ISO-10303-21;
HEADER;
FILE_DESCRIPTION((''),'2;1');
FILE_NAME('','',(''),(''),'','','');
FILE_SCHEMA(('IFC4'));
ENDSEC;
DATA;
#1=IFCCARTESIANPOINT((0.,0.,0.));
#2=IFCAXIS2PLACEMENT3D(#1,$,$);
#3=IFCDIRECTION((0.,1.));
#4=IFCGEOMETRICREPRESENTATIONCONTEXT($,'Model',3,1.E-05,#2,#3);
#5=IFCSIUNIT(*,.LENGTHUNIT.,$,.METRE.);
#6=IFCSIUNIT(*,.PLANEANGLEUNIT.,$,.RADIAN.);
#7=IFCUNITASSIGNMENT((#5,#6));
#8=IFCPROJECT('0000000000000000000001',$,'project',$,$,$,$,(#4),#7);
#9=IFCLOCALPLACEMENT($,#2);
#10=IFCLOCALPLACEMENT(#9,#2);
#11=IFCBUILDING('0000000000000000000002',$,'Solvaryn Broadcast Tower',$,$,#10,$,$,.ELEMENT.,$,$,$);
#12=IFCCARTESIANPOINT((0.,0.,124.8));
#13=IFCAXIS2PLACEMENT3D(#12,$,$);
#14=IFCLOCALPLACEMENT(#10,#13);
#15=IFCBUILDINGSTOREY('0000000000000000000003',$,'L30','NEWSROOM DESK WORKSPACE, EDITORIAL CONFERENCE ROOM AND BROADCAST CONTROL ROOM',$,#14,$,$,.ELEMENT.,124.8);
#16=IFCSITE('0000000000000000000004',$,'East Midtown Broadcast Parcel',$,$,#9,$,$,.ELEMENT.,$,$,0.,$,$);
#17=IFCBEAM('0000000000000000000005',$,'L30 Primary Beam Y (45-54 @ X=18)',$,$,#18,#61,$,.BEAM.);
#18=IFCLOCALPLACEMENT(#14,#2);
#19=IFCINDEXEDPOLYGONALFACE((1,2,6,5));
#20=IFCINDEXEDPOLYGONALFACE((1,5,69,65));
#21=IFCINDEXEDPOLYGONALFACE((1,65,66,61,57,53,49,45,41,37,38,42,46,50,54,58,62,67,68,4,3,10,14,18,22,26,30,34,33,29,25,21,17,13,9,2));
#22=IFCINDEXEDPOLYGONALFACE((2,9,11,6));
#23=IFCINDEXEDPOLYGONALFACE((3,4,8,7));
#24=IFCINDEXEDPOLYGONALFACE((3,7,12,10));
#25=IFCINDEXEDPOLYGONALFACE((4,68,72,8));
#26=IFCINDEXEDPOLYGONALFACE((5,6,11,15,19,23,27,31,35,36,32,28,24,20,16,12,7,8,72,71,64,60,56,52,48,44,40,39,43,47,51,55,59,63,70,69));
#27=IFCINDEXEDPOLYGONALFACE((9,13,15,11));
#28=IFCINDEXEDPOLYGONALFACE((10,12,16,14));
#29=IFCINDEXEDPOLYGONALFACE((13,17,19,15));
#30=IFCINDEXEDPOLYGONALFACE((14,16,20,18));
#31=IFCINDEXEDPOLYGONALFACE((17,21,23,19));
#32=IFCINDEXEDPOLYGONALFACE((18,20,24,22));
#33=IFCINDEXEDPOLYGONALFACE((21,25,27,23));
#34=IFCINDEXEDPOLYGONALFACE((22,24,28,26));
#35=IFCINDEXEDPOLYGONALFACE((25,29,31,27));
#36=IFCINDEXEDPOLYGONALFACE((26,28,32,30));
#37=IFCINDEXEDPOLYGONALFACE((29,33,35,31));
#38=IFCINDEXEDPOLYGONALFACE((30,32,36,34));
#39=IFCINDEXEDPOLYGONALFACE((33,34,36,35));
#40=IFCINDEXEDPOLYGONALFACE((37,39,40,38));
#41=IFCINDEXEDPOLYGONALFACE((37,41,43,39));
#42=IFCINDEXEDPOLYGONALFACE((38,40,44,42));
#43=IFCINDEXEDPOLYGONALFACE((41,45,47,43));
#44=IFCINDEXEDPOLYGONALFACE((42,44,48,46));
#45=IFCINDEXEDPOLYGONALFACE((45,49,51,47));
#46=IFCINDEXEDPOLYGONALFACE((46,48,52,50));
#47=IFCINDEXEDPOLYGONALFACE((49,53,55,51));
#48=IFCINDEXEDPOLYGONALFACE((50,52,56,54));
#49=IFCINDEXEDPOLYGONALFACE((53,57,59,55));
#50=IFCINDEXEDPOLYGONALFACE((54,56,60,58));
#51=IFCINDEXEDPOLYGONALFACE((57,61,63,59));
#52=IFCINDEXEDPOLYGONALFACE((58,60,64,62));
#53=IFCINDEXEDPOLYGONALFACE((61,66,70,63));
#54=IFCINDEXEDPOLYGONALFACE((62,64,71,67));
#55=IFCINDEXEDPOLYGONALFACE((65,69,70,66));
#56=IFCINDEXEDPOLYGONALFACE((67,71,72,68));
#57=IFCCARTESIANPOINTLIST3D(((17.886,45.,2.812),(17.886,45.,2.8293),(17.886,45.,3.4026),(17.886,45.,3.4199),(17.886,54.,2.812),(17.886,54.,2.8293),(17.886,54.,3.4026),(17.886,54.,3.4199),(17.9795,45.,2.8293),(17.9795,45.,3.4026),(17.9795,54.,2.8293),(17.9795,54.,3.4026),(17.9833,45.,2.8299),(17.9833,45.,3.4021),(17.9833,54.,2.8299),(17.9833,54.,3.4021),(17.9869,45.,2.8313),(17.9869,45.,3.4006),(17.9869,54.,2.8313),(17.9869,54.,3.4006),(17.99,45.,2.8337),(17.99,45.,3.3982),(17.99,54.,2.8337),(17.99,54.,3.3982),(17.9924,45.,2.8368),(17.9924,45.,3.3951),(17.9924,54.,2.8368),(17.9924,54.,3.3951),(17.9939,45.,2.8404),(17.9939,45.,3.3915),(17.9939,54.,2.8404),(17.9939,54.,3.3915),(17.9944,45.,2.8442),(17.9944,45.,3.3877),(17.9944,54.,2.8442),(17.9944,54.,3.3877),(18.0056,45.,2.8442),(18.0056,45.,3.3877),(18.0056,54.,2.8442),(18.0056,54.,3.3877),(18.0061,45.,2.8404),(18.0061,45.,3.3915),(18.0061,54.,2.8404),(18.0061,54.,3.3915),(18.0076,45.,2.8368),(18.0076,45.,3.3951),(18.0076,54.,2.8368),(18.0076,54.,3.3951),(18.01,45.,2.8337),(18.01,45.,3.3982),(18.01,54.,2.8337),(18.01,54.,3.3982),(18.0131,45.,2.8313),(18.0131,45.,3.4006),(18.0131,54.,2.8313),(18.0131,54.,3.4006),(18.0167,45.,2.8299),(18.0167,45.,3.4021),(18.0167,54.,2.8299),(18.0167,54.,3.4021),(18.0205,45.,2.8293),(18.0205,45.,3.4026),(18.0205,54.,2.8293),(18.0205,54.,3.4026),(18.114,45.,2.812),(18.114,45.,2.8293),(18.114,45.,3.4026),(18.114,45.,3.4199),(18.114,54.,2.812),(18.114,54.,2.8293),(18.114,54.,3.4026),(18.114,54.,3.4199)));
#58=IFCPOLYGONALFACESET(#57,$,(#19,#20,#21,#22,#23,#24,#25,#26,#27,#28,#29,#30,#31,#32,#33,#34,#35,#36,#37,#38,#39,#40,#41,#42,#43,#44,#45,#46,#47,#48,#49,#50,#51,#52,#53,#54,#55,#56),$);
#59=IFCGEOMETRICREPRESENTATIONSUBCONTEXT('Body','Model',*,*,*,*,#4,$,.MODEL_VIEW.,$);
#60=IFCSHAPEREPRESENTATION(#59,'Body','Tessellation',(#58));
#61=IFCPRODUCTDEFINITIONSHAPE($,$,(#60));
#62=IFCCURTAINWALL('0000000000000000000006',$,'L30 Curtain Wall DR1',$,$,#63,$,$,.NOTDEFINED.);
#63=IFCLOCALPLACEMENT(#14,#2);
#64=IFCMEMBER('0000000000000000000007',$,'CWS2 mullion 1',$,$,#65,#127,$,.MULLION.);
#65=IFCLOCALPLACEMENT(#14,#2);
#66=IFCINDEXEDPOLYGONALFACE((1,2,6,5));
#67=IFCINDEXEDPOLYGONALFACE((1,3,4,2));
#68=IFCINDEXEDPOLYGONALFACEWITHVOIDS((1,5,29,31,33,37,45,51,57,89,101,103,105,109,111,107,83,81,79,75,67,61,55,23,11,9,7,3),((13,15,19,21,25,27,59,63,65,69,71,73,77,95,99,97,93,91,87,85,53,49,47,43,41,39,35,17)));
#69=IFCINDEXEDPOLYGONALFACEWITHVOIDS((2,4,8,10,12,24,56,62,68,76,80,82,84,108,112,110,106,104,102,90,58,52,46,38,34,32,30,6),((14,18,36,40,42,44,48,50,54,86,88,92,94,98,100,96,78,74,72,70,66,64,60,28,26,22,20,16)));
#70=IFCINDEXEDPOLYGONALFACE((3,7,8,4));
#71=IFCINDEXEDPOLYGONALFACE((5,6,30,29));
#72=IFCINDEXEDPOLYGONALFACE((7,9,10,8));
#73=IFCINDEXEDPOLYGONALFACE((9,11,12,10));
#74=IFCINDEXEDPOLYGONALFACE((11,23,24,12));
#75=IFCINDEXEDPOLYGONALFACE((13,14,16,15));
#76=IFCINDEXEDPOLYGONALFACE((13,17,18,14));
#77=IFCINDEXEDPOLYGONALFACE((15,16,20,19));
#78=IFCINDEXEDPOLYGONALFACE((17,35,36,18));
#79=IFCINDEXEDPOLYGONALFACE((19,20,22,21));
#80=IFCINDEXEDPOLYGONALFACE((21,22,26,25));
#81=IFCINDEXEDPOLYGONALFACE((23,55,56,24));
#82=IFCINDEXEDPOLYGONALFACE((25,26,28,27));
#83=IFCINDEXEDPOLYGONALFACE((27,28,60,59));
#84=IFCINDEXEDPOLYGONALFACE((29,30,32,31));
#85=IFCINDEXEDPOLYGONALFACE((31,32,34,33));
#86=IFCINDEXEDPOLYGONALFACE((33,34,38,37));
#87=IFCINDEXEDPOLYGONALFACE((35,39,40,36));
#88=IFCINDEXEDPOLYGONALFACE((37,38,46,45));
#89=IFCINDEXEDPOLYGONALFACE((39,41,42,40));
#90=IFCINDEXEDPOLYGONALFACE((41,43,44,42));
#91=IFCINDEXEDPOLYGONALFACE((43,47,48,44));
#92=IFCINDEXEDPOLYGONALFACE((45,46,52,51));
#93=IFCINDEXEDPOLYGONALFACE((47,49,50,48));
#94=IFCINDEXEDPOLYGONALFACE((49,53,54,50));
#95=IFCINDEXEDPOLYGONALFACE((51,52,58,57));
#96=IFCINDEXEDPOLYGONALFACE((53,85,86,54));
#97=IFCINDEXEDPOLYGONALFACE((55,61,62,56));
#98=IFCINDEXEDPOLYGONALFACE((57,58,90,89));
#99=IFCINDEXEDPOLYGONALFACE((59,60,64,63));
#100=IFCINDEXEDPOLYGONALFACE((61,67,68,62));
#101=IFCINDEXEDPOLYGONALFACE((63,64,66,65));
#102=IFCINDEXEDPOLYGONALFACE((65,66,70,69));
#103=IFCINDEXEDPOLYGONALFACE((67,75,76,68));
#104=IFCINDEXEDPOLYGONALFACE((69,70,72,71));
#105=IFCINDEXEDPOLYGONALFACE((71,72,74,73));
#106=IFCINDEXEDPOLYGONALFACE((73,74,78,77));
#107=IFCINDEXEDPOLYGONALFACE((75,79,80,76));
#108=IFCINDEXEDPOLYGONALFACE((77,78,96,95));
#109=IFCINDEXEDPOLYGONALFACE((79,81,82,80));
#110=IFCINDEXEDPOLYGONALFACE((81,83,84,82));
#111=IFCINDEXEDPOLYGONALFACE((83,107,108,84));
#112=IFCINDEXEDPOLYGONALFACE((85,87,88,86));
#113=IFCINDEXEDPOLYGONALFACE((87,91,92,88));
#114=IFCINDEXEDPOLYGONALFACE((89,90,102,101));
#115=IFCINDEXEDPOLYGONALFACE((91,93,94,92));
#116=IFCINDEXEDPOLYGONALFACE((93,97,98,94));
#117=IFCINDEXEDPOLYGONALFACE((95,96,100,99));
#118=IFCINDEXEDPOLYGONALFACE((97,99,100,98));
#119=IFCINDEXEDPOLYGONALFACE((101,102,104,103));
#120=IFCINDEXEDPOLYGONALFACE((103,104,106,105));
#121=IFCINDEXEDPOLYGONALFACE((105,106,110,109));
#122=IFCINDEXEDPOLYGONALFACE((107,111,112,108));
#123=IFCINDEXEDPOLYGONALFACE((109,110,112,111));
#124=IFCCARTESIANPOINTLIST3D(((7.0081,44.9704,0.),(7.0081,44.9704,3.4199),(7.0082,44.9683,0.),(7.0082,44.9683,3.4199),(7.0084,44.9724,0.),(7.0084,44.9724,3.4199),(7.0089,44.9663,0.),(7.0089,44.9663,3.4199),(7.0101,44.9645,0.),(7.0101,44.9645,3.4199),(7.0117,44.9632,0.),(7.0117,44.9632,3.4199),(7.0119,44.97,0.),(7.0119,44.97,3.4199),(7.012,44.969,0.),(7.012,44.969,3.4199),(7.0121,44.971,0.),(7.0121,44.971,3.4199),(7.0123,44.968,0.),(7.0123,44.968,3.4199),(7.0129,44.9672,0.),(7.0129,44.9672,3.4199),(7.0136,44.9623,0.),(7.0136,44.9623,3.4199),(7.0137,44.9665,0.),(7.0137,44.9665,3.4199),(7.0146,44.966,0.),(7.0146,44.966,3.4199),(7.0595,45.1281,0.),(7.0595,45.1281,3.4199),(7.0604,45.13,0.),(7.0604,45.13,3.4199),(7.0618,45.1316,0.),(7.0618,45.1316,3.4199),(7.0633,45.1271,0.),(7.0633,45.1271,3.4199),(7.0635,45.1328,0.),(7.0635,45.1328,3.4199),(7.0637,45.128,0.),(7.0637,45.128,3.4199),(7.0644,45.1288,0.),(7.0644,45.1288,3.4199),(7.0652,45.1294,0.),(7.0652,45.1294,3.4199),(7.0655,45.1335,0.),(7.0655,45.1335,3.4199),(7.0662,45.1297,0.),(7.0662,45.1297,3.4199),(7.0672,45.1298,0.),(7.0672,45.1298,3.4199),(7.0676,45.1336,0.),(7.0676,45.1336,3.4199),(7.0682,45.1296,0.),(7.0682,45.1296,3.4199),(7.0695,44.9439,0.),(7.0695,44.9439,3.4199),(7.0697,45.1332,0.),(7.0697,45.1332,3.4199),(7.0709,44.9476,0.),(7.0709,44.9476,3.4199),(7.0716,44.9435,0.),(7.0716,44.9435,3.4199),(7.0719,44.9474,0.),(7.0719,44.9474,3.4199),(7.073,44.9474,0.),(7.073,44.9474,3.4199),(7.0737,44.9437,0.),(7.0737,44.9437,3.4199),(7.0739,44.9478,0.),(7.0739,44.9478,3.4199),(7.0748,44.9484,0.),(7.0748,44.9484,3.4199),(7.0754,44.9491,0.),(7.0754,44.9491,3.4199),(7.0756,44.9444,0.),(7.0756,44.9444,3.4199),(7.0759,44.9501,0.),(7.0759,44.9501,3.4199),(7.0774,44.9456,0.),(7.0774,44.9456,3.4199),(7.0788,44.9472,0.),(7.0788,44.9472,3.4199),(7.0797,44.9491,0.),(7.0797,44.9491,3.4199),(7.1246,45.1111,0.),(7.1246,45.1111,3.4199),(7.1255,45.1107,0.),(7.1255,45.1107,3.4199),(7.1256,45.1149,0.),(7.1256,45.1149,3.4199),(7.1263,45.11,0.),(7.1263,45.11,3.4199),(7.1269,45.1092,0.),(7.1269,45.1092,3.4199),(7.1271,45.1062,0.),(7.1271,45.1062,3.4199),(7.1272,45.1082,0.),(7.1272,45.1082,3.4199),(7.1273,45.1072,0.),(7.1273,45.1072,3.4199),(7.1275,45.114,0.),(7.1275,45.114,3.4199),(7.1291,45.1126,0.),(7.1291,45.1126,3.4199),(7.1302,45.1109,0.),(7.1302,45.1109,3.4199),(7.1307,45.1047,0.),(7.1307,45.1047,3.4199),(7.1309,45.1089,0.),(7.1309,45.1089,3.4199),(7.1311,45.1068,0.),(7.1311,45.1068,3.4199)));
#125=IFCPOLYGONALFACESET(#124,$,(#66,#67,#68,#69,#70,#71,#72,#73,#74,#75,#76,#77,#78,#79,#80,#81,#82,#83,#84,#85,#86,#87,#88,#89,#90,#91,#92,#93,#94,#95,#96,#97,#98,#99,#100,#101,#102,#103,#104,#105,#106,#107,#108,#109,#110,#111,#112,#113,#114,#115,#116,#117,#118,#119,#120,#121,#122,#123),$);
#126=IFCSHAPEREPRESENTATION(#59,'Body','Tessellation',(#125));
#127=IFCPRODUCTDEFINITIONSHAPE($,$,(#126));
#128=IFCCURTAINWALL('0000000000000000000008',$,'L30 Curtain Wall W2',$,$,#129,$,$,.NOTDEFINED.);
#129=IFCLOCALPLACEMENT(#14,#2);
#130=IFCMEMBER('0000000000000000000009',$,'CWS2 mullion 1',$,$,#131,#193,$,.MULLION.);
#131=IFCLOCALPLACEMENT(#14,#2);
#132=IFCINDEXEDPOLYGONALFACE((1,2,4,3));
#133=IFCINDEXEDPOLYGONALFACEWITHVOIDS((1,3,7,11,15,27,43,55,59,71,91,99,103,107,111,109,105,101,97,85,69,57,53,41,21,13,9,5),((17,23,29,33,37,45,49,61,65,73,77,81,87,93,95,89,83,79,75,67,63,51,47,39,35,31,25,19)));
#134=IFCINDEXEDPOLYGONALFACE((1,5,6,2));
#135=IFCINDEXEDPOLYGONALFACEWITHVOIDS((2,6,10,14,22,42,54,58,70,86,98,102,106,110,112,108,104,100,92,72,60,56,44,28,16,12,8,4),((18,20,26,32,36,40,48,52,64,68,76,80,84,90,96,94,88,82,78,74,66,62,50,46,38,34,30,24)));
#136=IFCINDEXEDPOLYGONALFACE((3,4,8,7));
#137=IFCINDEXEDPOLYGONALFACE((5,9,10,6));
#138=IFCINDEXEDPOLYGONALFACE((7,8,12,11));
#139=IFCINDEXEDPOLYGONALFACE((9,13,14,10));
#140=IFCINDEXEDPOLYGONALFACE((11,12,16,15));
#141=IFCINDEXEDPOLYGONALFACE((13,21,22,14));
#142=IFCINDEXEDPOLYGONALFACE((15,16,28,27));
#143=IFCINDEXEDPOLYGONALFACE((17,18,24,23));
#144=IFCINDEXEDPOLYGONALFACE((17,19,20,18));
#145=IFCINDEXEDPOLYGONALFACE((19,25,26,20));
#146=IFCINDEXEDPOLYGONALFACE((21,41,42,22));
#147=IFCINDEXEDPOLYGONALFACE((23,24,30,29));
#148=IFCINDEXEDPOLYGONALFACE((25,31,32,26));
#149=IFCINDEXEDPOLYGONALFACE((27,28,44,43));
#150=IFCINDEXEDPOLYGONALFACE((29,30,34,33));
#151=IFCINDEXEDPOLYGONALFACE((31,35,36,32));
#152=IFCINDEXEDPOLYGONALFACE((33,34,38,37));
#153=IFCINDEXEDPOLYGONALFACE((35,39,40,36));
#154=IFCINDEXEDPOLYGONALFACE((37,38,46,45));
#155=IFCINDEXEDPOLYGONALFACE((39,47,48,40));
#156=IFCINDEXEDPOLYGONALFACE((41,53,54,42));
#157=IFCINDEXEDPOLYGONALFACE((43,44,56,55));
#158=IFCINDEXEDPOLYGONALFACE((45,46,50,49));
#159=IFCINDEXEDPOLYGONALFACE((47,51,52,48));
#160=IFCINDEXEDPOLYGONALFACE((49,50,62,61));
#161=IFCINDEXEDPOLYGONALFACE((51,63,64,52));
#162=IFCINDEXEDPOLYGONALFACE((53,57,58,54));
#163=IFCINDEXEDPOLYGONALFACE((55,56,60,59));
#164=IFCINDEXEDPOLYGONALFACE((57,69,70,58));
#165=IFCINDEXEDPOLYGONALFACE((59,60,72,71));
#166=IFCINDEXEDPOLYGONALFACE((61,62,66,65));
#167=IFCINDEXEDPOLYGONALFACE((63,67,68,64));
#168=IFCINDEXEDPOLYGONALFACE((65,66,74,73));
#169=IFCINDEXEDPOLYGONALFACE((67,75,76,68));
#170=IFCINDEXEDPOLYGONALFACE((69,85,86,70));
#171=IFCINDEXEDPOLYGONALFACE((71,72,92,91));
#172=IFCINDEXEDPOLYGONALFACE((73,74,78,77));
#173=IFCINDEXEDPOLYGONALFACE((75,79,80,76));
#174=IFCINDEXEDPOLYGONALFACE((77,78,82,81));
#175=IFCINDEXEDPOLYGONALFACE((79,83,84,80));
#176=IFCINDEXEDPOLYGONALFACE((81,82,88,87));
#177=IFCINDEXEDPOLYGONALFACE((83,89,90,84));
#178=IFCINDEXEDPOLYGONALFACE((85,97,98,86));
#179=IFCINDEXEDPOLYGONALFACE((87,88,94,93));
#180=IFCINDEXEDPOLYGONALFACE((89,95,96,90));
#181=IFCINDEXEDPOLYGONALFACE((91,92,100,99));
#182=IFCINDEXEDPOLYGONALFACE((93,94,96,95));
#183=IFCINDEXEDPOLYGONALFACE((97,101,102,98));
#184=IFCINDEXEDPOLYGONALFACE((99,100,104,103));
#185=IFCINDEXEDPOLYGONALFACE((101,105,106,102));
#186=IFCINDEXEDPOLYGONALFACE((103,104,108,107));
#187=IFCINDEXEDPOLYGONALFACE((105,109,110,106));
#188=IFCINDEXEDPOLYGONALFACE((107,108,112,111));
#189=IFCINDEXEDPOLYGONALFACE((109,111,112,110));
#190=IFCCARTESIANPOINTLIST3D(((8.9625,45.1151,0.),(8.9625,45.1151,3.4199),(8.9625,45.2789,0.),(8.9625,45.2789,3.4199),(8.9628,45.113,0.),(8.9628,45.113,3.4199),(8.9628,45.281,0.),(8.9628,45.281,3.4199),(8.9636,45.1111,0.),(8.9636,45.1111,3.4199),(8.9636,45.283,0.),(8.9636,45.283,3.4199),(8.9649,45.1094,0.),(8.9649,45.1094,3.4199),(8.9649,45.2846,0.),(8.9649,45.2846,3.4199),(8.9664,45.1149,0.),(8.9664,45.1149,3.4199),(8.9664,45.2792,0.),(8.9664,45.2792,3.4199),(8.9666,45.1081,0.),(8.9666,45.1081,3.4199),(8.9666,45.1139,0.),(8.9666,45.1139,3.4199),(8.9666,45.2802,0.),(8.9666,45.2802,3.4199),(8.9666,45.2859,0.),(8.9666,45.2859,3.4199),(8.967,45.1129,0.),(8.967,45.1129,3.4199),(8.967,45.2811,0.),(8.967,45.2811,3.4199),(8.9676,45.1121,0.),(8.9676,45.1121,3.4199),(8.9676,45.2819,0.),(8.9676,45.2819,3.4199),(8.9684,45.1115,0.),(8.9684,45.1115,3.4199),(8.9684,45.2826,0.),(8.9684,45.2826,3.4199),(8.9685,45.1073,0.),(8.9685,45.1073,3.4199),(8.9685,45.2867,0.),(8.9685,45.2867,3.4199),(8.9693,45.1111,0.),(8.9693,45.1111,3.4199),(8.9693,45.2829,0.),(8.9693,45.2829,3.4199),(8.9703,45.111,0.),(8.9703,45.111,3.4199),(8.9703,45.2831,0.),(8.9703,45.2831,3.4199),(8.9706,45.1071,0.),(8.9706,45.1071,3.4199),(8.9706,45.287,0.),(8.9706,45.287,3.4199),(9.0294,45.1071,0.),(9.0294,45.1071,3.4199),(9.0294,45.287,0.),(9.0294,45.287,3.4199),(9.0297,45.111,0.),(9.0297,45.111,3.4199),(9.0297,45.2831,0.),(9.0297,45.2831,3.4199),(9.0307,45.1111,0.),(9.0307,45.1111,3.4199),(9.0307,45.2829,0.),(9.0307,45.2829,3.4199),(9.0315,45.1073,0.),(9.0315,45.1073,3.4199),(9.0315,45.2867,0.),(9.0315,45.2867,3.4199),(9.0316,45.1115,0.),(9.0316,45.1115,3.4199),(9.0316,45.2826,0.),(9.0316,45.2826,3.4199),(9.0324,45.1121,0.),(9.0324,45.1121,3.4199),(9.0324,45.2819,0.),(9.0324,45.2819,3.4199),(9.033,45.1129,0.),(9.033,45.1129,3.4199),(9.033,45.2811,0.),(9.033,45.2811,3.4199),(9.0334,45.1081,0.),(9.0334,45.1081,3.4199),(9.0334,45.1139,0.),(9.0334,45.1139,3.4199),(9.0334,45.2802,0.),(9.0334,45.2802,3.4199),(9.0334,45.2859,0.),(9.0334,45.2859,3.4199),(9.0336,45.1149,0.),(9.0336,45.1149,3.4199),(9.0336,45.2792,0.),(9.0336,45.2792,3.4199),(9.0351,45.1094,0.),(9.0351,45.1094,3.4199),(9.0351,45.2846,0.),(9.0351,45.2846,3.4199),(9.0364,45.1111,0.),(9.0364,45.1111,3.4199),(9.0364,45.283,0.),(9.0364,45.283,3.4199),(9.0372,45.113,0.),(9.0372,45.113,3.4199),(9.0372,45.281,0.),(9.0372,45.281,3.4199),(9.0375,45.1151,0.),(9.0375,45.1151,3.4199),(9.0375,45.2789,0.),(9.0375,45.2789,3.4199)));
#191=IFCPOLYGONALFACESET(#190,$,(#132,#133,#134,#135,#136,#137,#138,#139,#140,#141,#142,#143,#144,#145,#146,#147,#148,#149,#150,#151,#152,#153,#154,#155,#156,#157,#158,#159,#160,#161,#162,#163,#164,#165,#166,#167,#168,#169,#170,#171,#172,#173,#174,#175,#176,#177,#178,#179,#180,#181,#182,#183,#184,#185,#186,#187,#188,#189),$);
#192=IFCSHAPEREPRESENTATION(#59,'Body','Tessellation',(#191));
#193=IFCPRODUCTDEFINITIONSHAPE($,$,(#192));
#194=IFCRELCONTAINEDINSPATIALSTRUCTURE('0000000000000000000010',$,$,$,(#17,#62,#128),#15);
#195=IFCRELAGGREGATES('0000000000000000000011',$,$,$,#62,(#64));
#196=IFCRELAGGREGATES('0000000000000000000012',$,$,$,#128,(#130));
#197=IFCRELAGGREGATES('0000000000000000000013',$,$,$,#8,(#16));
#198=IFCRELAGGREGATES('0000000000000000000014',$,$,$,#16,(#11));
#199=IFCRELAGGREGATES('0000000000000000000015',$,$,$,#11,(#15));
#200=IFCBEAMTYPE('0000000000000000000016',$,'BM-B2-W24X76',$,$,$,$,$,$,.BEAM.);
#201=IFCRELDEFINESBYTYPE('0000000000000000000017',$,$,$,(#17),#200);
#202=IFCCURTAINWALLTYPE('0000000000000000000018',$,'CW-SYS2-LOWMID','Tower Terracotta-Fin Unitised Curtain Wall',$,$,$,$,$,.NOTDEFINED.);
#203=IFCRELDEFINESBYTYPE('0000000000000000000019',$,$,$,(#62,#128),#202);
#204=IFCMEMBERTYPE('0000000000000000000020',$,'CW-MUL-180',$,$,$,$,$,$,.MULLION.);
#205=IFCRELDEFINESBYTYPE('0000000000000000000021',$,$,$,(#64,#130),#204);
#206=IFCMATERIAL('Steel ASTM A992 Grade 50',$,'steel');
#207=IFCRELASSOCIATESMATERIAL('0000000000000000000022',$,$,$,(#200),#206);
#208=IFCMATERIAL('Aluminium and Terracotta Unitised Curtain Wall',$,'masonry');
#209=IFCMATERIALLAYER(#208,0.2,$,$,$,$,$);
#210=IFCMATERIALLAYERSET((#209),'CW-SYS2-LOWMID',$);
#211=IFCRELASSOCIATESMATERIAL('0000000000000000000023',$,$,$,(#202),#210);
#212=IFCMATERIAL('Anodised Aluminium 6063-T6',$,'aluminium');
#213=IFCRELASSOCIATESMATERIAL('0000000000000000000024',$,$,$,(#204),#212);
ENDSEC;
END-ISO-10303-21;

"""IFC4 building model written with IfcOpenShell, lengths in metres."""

from ifc_helpers import new_model, si_unit, direction, frame, origin, origin_2d, place, context, subcontext, project, spatial, hollow_rectangle, i_section, extrude, material, layer, layer_set, material_profile, profile_set, type_object, element, aggregate, save


model = new_model("IFC4")

# Units and contexts
model_context = context("Model", 3, precision=1e-05, world=origin(), true_north=direction((0.0, 1.0)))
body_context = subcontext(model_context, "Body", "Model", "MODEL_VIEW")
ifc_project = project(units=[si_unit("LENGTHUNIT", "METRE"), si_unit("PLANEANGLEUNIT", "RADIAN")], contexts=[model_context])

# Site, building, storey
site_placement = place(None, origin())
site = spatial("IfcSite", under=ifc_project, at=site_placement, Name="East Midtown Broadcast Parcel", CompositionType="ELEMENT", RefElevation=0.0)
building_placement = place(site_placement, origin())
building = spatial("IfcBuilding", under=site, at=building_placement, Name="Solvaryn Broadcast Tower", CompositionType="ELEMENT")
storey_placement = place(building_placement, frame((0.0, 0.0, 124.8)))
storey = spatial("IfcBuildingStorey", under=building, at=storey_placement, Name="L30", Description="NEWSROOM DESK WORKSPACE, EDITORIAL CONFERENCE ROOM AND BROADCAST CONTROL ROOM", CompositionType="ELEMENT", Elevation=124.8)

# Beam
ifc_material_1 = material(Name="Steel ASTM A992 Grade 50", Category="steel")
ifc_material_profile_1 = material_profile(ifc_material_1, i_section(OverallWidth=0.228, OverallDepth=0.6079, WebThickness=0.0112, FlangeThickness=0.0173, FilletRadius=0.0149, at=origin_2d()))
ifc_profile_set_1 = profile_set([ifc_material_profile_1], Name="Steel ASTM A992 Grade 50")
beam_type_1 = type_object("IfcBeamType", Name="BM-B2-W24X76", PredefinedType="BEAM", material=ifc_profile_set_1)
beam_1_placement = place(storey_placement, frame((18.0, 45.0, 3.116), z_axis=(0.0, 1.0, 0.0), x_axis=(-1.0, 0.0, 0.0)))
element("IfcBeam", 1, at=beam_1_placement, inside=storey, type_object=beam_type_1, Name="L30 Primary Beam Y (45-54 @ X=18)", PredefinedType="BEAM", context=body_context, shape_type="SweptSolid", body=[
    extrude(i_section(OverallWidth=0.228, OverallDepth=0.6079, WebThickness=0.0112, FlangeThickness=0.0173, FilletRadius=0.0149, at=origin_2d()), origin(), (0.0, 0.0, 1.0), 9.0),
])

# Curtain walls, members
ifc_material_2 = material(Name="Aluminium and Terracotta Unitised Curtain Wall", Category="masonry")
ifc_layer_1 = layer(ifc_material_2, 0.2)
ifc_layer_set_1 = layer_set([ifc_layer_1], Name="CW-SYS2-LOWMID")
curtain_wall_type = type_object("IfcCurtainWallType", Name="CW-SYS2-LOWMID", Description="Tower Terracotta-Fin Unitised Curtain Wall", PredefinedType="NOTDEFINED", material=ifc_layer_set_1)
curtain_wall_1_placement = place(storey_placement, origin())
curtain_wall_1 = element("IfcCurtainWall", 2, at=curtain_wall_1_placement, inside=storey, type_object=curtain_wall_type, Name="L30 Curtain Wall DR1", PredefinedType="NOTDEFINED")
ifc_material_3 = material(Name="Anodised Aluminium 6063-T6", Category="aluminium")
ifc_material_profile_2 = material_profile(ifc_material_3, hollow_rectangle(XDim=0.075, YDim=0.1799, WallThickness=0.0039, InnerFilletRadius=0.0039, OuterFilletRadius=0.0081, at=origin_2d()))
ifc_profile_set_2 = profile_set([ifc_material_profile_2], Name="Anodised Aluminium 6063-T6")
member_type_1 = type_object("IfcMemberType", Name="CW-MUL-180", PredefinedType="MULLION", material=ifc_profile_set_2)
member_1_placement = place(storey_placement, frame((7.0696, 45.0386, 0.0), z_axis=(0.0, 0.0, 1.0), x_axis=(0.950198, -0.311646, 0.0)))
member_1 = element("IfcMember", 3, at=member_1_placement, type_object=member_type_1, Name="CWS2 mullion 1", PredefinedType="MULLION", context=body_context, shape_type="SweptSolid", body=[
    extrude(hollow_rectangle(XDim=0.075, YDim=0.1799, WallThickness=0.0039, InnerFilletRadius=0.0039, OuterFilletRadius=0.0081, at=origin_2d()), origin(), (0.0, 0.0, 1.0), 3.4199),
])
curtain_wall_2_placement = place(storey_placement, origin())
curtain_wall_2 = element("IfcCurtainWall", 4, at=curtain_wall_2_placement, inside=storey, type_object=curtain_wall_type, Name="L30 Curtain Wall W2", PredefinedType="NOTDEFINED")
member_2_placement = place(storey_placement, frame((9.0, 45.197, 0.0), z_axis=(0.0, 0.0, 1.0), x_axis=(-1.0, 0.0, 0.0)))
member_2 = element("IfcMember", 5, at=member_2_placement, type_object=member_type_1, Name="CWS2 mullion 1", PredefinedType="MULLION", context=body_context, shape_type="SweptSolid", body=[
    extrude(hollow_rectangle(XDim=0.075, YDim=0.1799, WallThickness=0.0039, InnerFilletRadius=0.0039, OuterFilletRadius=0.0081, at=origin_2d()), origin(), (0.0, 0.0, 1.0), 3.4199),
])

aggregate(curtain_wall_1, [member_1])
aggregate(curtain_wall_2, [member_2])

save(model, "model.ifc")
